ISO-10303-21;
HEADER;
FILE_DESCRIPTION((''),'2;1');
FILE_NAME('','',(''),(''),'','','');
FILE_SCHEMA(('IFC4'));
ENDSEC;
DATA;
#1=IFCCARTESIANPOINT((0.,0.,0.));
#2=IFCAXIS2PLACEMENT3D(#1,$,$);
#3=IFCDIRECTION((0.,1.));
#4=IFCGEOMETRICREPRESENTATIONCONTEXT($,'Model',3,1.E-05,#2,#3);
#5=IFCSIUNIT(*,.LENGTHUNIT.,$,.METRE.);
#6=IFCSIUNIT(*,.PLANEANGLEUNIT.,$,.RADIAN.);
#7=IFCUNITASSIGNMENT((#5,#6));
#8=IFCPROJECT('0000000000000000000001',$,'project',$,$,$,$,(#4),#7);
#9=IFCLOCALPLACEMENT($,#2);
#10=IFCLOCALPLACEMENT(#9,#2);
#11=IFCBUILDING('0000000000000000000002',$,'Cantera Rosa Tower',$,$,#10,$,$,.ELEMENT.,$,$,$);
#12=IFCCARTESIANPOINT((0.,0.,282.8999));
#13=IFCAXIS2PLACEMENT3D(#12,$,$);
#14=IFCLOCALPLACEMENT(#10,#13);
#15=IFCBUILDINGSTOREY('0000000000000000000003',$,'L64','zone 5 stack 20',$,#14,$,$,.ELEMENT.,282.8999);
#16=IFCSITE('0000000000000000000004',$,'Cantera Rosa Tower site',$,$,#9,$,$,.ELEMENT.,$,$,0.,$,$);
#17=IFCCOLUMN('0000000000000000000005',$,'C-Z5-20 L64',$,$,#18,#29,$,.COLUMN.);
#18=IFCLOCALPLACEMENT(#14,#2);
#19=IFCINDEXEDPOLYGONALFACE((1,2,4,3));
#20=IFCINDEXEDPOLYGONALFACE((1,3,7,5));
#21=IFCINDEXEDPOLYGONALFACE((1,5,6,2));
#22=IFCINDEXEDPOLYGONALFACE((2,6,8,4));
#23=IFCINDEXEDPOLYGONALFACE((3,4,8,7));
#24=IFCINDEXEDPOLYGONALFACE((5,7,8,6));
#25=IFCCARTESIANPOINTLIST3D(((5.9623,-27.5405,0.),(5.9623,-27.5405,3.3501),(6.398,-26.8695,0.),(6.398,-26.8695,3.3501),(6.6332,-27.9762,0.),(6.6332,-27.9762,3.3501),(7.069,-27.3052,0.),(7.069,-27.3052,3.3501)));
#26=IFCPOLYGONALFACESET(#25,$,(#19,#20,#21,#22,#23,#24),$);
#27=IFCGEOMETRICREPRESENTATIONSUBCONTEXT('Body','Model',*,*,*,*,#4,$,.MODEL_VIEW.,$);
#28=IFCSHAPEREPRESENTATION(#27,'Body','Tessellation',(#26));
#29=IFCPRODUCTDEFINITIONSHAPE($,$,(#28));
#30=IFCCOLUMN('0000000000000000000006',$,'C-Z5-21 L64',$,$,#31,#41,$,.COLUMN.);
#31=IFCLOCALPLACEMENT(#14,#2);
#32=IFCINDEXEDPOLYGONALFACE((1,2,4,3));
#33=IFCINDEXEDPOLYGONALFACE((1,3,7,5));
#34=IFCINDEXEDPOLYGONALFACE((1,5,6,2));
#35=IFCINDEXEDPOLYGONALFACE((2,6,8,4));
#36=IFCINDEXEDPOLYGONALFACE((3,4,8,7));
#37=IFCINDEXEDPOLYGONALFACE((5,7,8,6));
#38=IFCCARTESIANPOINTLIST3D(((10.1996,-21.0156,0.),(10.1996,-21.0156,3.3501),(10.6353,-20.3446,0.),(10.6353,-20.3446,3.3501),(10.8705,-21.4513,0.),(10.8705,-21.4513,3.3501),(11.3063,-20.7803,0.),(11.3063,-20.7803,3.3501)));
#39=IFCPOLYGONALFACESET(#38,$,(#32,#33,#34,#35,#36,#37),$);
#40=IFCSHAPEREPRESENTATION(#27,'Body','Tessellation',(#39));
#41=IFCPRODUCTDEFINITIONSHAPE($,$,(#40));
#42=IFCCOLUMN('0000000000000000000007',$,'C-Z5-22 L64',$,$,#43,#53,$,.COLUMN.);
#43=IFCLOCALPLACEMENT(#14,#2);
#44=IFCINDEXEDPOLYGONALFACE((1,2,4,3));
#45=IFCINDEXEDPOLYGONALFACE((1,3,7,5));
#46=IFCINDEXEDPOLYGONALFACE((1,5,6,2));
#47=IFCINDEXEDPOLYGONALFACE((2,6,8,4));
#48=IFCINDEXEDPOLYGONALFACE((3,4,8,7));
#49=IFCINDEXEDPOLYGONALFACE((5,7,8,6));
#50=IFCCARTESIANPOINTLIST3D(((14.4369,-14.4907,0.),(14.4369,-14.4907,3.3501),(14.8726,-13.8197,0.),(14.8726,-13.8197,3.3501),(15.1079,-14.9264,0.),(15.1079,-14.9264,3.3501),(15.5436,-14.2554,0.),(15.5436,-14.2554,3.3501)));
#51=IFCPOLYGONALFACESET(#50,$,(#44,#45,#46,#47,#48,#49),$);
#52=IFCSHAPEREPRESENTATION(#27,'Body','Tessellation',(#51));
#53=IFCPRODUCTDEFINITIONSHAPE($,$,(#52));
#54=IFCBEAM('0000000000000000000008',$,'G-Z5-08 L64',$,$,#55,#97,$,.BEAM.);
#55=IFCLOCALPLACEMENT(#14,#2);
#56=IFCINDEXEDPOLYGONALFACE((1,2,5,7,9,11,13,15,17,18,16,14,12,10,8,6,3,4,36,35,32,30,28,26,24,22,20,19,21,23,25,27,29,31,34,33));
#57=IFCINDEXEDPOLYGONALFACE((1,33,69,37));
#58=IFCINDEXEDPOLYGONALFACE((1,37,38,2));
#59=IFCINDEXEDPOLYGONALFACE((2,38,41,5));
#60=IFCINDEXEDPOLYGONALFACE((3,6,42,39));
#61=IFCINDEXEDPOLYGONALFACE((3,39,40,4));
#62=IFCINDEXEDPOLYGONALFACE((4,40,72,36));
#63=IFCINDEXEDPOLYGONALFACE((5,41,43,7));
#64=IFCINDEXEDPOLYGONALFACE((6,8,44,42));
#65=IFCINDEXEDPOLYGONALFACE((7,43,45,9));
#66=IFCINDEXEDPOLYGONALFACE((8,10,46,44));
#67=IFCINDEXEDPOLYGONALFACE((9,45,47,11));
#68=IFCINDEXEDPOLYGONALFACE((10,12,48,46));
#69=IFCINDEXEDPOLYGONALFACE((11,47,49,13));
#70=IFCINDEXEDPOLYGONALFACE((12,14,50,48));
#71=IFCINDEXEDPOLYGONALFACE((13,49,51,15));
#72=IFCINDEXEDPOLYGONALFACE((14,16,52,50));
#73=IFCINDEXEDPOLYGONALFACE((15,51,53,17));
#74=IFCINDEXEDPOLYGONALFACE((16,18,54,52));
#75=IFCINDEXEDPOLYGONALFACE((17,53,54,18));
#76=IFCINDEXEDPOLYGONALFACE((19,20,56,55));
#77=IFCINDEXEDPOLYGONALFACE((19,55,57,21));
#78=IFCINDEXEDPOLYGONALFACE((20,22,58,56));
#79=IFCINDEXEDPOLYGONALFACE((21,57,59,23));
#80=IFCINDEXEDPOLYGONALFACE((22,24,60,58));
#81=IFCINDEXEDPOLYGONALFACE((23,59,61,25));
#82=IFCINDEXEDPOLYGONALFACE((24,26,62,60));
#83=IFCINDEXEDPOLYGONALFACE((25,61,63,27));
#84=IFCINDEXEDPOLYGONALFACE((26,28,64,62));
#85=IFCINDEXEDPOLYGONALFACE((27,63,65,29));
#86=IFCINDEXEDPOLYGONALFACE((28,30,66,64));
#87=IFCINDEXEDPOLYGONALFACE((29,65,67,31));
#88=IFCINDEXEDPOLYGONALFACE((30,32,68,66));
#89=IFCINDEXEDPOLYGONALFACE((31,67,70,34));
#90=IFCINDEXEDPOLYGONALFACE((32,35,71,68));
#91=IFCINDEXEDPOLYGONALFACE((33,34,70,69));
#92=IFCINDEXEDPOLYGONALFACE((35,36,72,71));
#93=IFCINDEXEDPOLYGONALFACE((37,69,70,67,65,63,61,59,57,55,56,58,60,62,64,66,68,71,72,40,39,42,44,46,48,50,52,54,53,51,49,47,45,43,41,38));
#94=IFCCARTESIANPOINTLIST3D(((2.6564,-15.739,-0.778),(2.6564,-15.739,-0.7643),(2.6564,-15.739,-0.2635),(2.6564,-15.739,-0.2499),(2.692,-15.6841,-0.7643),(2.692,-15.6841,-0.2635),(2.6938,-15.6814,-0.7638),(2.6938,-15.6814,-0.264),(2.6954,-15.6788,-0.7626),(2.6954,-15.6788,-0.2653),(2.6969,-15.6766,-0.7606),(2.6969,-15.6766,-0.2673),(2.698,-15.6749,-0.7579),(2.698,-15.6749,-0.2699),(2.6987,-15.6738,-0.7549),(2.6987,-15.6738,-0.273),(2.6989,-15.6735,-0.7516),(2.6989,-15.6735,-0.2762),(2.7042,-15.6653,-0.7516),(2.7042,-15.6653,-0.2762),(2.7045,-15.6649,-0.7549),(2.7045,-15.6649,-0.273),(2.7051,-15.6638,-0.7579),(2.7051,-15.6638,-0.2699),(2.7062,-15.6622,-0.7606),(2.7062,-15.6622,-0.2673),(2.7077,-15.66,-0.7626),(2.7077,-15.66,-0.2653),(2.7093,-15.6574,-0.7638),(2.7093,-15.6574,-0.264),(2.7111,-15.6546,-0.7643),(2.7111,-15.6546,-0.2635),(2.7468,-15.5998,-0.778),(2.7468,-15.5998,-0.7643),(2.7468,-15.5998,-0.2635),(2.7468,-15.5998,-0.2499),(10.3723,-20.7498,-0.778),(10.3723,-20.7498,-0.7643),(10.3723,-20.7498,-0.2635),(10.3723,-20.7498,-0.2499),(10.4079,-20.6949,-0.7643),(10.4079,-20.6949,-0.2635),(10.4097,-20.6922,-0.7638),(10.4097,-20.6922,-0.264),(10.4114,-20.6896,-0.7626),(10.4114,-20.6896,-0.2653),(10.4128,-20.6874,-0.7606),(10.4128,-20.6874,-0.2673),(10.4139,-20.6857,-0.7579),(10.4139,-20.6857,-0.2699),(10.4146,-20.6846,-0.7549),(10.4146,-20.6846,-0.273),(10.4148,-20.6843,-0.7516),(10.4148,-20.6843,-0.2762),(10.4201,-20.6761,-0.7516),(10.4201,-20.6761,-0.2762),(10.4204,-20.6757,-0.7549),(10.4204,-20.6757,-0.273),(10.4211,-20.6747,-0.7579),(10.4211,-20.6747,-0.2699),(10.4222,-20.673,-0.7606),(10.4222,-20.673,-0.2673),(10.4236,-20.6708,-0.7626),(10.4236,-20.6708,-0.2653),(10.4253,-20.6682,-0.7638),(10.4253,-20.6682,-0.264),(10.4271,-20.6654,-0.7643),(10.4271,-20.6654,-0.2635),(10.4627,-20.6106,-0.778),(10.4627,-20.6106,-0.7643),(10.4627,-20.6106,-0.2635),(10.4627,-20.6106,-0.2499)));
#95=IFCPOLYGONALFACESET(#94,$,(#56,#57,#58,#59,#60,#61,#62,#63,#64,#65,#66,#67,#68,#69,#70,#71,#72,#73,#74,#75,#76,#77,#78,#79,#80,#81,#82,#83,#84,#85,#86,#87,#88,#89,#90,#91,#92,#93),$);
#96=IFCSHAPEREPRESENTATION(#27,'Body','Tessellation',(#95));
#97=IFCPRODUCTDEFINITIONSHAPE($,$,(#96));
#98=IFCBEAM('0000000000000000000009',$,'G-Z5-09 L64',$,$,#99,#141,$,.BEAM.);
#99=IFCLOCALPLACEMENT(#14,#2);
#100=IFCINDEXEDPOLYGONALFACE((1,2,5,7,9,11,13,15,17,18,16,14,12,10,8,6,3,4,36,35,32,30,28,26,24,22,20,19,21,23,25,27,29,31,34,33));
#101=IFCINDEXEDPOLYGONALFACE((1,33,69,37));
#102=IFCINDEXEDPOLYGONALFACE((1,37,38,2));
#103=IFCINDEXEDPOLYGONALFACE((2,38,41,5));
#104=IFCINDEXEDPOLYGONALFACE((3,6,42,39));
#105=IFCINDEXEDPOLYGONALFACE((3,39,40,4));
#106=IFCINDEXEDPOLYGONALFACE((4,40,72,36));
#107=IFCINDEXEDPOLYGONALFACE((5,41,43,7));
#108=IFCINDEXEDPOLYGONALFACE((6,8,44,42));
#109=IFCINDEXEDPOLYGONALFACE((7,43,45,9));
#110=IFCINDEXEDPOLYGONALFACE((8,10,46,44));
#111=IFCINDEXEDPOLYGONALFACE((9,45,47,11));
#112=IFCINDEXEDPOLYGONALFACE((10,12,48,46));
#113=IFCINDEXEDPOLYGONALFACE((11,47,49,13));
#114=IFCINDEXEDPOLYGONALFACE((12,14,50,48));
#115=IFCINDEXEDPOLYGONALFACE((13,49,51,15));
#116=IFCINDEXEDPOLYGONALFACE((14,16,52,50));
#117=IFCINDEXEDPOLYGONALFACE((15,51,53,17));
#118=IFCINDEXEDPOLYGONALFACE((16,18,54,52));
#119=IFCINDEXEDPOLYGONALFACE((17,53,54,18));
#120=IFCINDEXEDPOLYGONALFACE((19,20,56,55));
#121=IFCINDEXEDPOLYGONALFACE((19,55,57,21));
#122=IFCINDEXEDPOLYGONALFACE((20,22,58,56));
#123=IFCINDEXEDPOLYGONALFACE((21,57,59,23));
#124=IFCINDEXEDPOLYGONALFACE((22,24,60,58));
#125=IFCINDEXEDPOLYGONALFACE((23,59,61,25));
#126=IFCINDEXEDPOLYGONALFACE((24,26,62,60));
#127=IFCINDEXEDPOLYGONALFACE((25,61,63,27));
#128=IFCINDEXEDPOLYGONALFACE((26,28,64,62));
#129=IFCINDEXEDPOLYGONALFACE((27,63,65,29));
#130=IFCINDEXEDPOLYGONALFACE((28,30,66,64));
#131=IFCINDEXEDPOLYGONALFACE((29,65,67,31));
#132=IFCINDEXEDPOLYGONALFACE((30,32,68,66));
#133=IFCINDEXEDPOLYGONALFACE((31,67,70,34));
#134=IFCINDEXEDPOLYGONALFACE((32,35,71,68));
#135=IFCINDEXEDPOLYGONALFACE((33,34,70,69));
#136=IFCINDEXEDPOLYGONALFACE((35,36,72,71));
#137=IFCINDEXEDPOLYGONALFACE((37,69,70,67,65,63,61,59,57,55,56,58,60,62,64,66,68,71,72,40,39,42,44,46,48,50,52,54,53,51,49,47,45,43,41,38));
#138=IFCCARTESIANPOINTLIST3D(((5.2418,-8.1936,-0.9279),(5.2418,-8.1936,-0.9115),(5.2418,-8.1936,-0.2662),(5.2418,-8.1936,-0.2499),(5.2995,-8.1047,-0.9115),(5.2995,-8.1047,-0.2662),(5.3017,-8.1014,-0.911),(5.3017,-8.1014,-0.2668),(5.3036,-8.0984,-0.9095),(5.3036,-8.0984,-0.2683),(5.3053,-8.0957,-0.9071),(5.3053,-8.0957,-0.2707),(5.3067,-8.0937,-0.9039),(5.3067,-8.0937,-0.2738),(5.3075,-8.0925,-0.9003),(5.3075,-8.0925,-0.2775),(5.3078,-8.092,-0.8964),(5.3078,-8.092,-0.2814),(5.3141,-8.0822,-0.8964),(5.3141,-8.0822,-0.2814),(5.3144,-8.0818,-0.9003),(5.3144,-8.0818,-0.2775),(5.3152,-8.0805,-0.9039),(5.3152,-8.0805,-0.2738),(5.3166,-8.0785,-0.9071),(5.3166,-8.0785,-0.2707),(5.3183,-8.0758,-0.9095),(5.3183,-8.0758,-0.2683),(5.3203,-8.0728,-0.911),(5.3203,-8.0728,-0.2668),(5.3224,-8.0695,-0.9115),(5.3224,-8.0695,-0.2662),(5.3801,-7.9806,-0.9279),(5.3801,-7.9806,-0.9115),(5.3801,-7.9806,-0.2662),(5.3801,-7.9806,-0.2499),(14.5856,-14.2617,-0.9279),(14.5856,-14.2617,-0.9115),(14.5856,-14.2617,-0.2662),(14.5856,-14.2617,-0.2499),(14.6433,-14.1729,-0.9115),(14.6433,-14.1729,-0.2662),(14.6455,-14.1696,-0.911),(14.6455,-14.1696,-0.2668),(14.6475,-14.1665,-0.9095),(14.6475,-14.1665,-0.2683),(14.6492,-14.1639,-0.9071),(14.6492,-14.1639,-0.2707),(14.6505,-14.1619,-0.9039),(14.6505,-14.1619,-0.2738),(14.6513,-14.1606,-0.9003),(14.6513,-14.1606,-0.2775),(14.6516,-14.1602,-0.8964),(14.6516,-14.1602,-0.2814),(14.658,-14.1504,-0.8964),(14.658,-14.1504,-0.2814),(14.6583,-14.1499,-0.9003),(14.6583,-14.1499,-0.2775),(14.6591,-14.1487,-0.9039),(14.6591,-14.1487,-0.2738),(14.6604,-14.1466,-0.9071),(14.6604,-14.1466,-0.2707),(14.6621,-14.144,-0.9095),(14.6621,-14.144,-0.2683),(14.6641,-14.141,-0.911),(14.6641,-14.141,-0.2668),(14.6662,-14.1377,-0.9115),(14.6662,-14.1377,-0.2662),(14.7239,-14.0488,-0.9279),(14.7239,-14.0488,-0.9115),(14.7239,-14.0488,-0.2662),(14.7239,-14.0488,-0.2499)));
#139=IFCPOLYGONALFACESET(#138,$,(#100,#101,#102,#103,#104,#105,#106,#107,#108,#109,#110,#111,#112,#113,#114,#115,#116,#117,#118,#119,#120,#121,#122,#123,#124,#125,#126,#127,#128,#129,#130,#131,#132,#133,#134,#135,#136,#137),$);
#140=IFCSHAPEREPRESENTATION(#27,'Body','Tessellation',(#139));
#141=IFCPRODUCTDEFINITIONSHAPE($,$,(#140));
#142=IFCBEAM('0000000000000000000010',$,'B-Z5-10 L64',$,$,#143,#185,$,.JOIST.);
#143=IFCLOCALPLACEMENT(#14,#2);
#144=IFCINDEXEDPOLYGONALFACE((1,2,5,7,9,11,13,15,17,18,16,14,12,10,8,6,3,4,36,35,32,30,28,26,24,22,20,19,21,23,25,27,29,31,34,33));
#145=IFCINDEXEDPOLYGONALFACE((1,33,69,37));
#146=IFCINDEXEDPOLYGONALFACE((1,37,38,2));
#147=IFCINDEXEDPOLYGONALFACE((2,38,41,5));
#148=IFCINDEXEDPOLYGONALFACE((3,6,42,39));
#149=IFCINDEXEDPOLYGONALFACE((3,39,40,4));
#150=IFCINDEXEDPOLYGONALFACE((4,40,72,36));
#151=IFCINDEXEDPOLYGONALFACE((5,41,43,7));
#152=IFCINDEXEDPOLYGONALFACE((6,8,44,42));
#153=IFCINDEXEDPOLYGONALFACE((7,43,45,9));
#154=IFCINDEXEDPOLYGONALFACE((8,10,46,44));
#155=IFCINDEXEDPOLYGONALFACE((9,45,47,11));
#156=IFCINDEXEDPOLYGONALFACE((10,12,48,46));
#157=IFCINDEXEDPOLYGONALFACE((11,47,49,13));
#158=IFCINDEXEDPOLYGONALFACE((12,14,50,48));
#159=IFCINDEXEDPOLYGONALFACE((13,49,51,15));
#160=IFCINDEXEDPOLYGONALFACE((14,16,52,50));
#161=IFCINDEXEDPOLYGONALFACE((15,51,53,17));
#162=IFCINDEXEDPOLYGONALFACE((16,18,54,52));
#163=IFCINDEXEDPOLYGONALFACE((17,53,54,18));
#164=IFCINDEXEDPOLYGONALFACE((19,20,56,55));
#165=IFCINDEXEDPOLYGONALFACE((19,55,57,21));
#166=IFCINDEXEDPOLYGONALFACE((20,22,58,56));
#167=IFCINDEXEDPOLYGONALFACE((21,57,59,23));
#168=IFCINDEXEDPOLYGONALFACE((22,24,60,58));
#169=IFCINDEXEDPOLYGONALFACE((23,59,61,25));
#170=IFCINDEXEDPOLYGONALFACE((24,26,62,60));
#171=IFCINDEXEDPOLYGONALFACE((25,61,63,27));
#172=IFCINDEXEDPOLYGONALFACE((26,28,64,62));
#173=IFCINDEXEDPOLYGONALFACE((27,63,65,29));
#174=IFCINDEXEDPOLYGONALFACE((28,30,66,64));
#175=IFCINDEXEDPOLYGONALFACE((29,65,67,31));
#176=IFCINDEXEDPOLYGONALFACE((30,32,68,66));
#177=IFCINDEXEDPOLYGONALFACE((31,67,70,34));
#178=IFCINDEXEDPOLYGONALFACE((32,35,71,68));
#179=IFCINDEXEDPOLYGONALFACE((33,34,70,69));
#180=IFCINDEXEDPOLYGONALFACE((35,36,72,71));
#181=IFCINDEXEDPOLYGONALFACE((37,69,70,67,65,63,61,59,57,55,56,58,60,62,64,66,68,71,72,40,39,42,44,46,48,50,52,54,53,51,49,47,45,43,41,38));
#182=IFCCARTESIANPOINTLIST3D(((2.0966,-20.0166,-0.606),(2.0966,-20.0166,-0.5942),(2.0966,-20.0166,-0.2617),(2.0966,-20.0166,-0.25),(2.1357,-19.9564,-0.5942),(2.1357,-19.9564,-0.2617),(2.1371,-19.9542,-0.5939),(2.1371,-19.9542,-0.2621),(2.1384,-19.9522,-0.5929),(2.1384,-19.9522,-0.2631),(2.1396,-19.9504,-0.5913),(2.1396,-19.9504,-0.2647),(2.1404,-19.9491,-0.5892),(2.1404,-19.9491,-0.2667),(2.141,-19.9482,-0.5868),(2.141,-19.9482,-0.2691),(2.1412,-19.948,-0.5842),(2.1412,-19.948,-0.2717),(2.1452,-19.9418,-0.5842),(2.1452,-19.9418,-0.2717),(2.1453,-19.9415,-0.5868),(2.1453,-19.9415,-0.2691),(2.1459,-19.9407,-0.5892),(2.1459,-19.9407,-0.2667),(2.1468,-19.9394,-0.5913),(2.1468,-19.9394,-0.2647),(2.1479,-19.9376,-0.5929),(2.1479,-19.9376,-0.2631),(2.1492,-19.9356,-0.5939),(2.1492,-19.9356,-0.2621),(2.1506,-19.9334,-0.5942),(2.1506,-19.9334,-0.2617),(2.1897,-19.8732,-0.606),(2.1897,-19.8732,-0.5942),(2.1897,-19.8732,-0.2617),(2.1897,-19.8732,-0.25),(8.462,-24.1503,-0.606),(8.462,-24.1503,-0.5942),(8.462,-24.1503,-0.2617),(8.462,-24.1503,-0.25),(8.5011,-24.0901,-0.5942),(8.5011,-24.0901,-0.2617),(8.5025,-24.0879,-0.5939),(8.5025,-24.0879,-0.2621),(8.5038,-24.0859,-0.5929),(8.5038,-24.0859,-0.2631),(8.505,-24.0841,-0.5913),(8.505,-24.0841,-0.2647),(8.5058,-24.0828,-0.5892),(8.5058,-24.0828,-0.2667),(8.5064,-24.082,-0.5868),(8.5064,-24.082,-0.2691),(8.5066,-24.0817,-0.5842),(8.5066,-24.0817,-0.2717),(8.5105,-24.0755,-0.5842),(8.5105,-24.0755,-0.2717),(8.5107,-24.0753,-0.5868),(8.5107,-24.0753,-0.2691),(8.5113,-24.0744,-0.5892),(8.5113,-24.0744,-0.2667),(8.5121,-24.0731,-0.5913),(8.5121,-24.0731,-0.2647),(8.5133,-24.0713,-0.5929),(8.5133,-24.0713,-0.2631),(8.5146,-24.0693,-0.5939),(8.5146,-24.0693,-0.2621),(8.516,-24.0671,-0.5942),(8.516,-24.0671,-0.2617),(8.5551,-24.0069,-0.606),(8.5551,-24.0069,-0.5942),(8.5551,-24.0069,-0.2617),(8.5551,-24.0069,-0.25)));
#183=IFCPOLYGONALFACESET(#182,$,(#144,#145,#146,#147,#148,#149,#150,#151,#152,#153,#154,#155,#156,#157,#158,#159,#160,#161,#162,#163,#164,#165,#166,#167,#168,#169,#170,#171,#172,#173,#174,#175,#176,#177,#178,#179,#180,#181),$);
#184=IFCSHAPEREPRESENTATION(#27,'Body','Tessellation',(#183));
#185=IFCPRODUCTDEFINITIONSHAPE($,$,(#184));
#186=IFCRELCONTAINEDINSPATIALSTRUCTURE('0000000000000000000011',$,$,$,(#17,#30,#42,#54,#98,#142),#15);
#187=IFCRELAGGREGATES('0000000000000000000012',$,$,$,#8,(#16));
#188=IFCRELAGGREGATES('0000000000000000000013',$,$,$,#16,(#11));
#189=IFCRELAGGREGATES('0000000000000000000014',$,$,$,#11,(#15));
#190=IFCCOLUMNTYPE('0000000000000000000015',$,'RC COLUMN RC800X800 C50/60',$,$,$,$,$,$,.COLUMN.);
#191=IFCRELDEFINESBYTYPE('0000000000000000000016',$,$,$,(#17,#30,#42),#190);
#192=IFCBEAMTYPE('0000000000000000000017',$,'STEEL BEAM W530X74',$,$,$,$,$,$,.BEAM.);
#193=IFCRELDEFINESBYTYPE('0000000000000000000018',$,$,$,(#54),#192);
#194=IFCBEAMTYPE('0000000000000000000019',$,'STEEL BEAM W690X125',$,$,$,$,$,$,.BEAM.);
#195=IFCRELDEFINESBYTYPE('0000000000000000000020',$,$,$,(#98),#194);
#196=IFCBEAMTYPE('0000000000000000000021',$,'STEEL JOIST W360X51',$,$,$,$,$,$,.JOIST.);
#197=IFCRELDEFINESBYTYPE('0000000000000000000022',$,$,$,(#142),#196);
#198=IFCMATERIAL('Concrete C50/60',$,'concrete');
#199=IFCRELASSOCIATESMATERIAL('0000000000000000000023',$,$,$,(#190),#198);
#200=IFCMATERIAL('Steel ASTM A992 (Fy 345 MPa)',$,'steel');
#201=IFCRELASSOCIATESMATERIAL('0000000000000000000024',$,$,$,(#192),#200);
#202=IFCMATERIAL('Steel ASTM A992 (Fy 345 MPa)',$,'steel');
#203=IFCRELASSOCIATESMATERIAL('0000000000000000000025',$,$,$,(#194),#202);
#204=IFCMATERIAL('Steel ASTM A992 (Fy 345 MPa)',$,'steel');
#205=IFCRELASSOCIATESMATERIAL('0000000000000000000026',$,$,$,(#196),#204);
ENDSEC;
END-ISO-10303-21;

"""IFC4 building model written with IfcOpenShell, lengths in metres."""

from ifc_helpers import new_model, si_unit, direction, frame, origin, origin_2d, place, context, subcontext, project, spatial, rectangle, i_section, extrude, material, material_profile, profile_set, type_object, element, save


model = new_model("IFC4")

# Units and contexts
model_context = context("Model", 3, precision=1e-05, world=origin(), true_north=direction((0.0, 1.0)))
body_context = subcontext(model_context, "Body", "Model", "MODEL_VIEW")
ifc_project = project(units=[si_unit("LENGTHUNIT", "METRE"), si_unit("PLANEANGLEUNIT", "RADIAN")], contexts=[model_context])

# Site, building, storey
site_placement = place(None, origin())
site = spatial("IfcSite", under=ifc_project, at=site_placement, Name="Cantera Rosa Tower site", CompositionType="ELEMENT", RefElevation=0.0)
building_placement = place(site_placement, origin())
building = spatial("IfcBuilding", under=site, at=building_placement, Name="Cantera Rosa Tower", CompositionType="ELEMENT")
storey_placement = place(building_placement, frame((0.0, 0.0, 282.8999)))
storey = spatial("IfcBuildingStorey", under=building, at=storey_placement, Name="L64", Description="zone 5 stack 20", CompositionType="ELEMENT", Elevation=282.8999)

# Columns
ifc_material_1 = material(Name="Concrete C50/60", Category="concrete")
ifc_material_profile_1 = material_profile(ifc_material_1, rectangle(XDim=0.8, YDim=0.8, at=origin_2d()), Name="RC COLUMN RC800X800 C50/60")
ifc_profile_set_1 = profile_set([ifc_material_profile_1], Name="Concrete C50/60")
column_type = type_object("IfcColumnType", Name="RC COLUMN RC800X800 C50/60", PredefinedType="COLUMN", material=ifc_profile_set_1)
for number, where, z_axis, x_axis, name in (
    (1, (6.5156, -27.4229, 0.0), (0.0, 0.0, 1.0), (0.544639, 0.838671, 0.0), "C-Z5-20 L64"),
    (2, (10.7529, -20.8979, 0.0), (0.0, 0.0, 1.0), (0.544639, 0.838671, 0.0), "C-Z5-21 L64"),
    (3, (14.9902, -14.373, 0.0), (0.0, 0.0, 1.0), (0.544639, 0.838671, 0.0), "C-Z5-22 L64"),
):
    element("IfcColumn", number, at=place(storey_placement, frame(where, z_axis=z_axis, x_axis=x_axis)), inside=storey, type_object=column_type, Name=name, PredefinedType="COLUMN", context=body_context, shape_type="SweptSolid", body=[
        extrude(rectangle(XDim=0.8, YDim=0.8, at=origin_2d()), origin(), (0.0, 0.0, 1.0), 3.3501),
    ])

# Beams
ifc_material_2 = material(Name="Steel ASTM A992 (Fy 345 MPa)", Category="steel")
ifc_material_profile_2 = material_profile(ifc_material_2, i_section(OverallWidth=0.166, OverallDepth=0.5281, WebThickness=0.0098, FlangeThickness=0.0137, FilletRadius=0.0127, at=origin_2d()), Name="W530X74")
ifc_profile_set_2 = profile_set([ifc_material_profile_2], Name="Steel ASTM A992 (Fy 345 MPa)")
beam_type_1 = type_object("IfcBeamType", Name="STEEL BEAM W530X74", PredefinedType="BEAM", material=ifc_profile_set_2)
beam_1_placement = place(storey_placement, frame((10.4175, -20.6802, -0.5139), z_axis=(-0.838669, 0.544641, 0.0), x_axis=(-0.544641, -0.838669, 0.0)))
element("IfcBeam", 4, at=beam_1_placement, inside=storey, type_object=beam_type_1, Name="G-Z5-08 L64", PredefinedType="BEAM", context=body_context, shape_type="SweptSolid", body=[
    extrude(i_section(OverallWidth=0.166, OverallDepth=0.5281, WebThickness=0.0098, FlangeThickness=0.0137, FilletRadius=0.0127, at=origin_2d()), origin(), (0.0, 0.0, 1.0), 9.2002),
])
ifc_material_3 = material(Name="Steel ASTM A992 (Fy 345 MPa)", Category="steel")
ifc_material_profile_3 = material_profile(ifc_material_3, i_section(OverallWidth=0.2539, OverallDepth=0.678, WebThickness=0.0117, FlangeThickness=0.0164, FilletRadius=0.0151, at=origin_2d()), Name="W690X125")
ifc_profile_set_3 = profile_set([ifc_material_profile_3], Name="Steel ASTM A992 (Fy 345 MPa)")
beam_type_2 = type_object("IfcBeamType", Name="STEEL BEAM W690X125", PredefinedType="BEAM", material=ifc_profile_set_3)
beam_2_placement = place(storey_placement, frame((14.6548, -14.1553, -0.5889), z_axis=(-0.838662, 0.544652, 0.0), x_axis=(-0.544652, -0.838662, 0.0)))
element("IfcBeam", 5, at=beam_2_placement, inside=storey, type_object=beam_type_2, Name="G-Z5-09 L64", PredefinedType="BEAM", context=body_context, shape_type="SweptSolid", body=[
    extrude(i_section(OverallWidth=0.2539, OverallDepth=0.678, WebThickness=0.0117, FlangeThickness=0.0164, FilletRadius=0.0151, at=origin_2d()), origin(), (0.0, 0.0, 1.0), 11.1414),
])
ifc_material_4 = material(Name="Steel ASTM A992 (Fy 345 MPa)", Category="steel")
ifc_material_profile_4 = material_profile(ifc_material_4, i_section(OverallWidth=0.1709, OverallDepth=0.356, WebThickness=0.0073, FlangeThickness=0.0117, FilletRadius=0.01, at=origin_2d()), Name="W360X51")
ifc_profile_set_4 = profile_set([ifc_material_profile_4], Name="Steel ASTM A992 (Fy 345 MPa)")
beam_type_3 = type_object("IfcBeamType", Name="STEEL JOIST W360X51", PredefinedType="JOIST", material=ifc_profile_set_4)
beam_3_placement = place(storey_placement, frame((8.5085, -24.0786, -0.428), z_axis=(-0.838671, 0.544639, 0.0), x_axis=(-0.544639, -0.838671, 0.0)))
element("IfcBeam", 6, at=beam_3_placement, inside=storey, type_object=beam_type_3, Name="B-Z5-10 L64", PredefinedType="JOIST", context=body_context, shape_type="SweptSolid", body=[
    extrude(i_section(OverallWidth=0.1709, OverallDepth=0.356, WebThickness=0.0073, FlangeThickness=0.0117, FilletRadius=0.01, at=origin_2d()), origin(), (0.0, 0.0, 1.0), 7.5898),
])

save(model, "model.ifc")
